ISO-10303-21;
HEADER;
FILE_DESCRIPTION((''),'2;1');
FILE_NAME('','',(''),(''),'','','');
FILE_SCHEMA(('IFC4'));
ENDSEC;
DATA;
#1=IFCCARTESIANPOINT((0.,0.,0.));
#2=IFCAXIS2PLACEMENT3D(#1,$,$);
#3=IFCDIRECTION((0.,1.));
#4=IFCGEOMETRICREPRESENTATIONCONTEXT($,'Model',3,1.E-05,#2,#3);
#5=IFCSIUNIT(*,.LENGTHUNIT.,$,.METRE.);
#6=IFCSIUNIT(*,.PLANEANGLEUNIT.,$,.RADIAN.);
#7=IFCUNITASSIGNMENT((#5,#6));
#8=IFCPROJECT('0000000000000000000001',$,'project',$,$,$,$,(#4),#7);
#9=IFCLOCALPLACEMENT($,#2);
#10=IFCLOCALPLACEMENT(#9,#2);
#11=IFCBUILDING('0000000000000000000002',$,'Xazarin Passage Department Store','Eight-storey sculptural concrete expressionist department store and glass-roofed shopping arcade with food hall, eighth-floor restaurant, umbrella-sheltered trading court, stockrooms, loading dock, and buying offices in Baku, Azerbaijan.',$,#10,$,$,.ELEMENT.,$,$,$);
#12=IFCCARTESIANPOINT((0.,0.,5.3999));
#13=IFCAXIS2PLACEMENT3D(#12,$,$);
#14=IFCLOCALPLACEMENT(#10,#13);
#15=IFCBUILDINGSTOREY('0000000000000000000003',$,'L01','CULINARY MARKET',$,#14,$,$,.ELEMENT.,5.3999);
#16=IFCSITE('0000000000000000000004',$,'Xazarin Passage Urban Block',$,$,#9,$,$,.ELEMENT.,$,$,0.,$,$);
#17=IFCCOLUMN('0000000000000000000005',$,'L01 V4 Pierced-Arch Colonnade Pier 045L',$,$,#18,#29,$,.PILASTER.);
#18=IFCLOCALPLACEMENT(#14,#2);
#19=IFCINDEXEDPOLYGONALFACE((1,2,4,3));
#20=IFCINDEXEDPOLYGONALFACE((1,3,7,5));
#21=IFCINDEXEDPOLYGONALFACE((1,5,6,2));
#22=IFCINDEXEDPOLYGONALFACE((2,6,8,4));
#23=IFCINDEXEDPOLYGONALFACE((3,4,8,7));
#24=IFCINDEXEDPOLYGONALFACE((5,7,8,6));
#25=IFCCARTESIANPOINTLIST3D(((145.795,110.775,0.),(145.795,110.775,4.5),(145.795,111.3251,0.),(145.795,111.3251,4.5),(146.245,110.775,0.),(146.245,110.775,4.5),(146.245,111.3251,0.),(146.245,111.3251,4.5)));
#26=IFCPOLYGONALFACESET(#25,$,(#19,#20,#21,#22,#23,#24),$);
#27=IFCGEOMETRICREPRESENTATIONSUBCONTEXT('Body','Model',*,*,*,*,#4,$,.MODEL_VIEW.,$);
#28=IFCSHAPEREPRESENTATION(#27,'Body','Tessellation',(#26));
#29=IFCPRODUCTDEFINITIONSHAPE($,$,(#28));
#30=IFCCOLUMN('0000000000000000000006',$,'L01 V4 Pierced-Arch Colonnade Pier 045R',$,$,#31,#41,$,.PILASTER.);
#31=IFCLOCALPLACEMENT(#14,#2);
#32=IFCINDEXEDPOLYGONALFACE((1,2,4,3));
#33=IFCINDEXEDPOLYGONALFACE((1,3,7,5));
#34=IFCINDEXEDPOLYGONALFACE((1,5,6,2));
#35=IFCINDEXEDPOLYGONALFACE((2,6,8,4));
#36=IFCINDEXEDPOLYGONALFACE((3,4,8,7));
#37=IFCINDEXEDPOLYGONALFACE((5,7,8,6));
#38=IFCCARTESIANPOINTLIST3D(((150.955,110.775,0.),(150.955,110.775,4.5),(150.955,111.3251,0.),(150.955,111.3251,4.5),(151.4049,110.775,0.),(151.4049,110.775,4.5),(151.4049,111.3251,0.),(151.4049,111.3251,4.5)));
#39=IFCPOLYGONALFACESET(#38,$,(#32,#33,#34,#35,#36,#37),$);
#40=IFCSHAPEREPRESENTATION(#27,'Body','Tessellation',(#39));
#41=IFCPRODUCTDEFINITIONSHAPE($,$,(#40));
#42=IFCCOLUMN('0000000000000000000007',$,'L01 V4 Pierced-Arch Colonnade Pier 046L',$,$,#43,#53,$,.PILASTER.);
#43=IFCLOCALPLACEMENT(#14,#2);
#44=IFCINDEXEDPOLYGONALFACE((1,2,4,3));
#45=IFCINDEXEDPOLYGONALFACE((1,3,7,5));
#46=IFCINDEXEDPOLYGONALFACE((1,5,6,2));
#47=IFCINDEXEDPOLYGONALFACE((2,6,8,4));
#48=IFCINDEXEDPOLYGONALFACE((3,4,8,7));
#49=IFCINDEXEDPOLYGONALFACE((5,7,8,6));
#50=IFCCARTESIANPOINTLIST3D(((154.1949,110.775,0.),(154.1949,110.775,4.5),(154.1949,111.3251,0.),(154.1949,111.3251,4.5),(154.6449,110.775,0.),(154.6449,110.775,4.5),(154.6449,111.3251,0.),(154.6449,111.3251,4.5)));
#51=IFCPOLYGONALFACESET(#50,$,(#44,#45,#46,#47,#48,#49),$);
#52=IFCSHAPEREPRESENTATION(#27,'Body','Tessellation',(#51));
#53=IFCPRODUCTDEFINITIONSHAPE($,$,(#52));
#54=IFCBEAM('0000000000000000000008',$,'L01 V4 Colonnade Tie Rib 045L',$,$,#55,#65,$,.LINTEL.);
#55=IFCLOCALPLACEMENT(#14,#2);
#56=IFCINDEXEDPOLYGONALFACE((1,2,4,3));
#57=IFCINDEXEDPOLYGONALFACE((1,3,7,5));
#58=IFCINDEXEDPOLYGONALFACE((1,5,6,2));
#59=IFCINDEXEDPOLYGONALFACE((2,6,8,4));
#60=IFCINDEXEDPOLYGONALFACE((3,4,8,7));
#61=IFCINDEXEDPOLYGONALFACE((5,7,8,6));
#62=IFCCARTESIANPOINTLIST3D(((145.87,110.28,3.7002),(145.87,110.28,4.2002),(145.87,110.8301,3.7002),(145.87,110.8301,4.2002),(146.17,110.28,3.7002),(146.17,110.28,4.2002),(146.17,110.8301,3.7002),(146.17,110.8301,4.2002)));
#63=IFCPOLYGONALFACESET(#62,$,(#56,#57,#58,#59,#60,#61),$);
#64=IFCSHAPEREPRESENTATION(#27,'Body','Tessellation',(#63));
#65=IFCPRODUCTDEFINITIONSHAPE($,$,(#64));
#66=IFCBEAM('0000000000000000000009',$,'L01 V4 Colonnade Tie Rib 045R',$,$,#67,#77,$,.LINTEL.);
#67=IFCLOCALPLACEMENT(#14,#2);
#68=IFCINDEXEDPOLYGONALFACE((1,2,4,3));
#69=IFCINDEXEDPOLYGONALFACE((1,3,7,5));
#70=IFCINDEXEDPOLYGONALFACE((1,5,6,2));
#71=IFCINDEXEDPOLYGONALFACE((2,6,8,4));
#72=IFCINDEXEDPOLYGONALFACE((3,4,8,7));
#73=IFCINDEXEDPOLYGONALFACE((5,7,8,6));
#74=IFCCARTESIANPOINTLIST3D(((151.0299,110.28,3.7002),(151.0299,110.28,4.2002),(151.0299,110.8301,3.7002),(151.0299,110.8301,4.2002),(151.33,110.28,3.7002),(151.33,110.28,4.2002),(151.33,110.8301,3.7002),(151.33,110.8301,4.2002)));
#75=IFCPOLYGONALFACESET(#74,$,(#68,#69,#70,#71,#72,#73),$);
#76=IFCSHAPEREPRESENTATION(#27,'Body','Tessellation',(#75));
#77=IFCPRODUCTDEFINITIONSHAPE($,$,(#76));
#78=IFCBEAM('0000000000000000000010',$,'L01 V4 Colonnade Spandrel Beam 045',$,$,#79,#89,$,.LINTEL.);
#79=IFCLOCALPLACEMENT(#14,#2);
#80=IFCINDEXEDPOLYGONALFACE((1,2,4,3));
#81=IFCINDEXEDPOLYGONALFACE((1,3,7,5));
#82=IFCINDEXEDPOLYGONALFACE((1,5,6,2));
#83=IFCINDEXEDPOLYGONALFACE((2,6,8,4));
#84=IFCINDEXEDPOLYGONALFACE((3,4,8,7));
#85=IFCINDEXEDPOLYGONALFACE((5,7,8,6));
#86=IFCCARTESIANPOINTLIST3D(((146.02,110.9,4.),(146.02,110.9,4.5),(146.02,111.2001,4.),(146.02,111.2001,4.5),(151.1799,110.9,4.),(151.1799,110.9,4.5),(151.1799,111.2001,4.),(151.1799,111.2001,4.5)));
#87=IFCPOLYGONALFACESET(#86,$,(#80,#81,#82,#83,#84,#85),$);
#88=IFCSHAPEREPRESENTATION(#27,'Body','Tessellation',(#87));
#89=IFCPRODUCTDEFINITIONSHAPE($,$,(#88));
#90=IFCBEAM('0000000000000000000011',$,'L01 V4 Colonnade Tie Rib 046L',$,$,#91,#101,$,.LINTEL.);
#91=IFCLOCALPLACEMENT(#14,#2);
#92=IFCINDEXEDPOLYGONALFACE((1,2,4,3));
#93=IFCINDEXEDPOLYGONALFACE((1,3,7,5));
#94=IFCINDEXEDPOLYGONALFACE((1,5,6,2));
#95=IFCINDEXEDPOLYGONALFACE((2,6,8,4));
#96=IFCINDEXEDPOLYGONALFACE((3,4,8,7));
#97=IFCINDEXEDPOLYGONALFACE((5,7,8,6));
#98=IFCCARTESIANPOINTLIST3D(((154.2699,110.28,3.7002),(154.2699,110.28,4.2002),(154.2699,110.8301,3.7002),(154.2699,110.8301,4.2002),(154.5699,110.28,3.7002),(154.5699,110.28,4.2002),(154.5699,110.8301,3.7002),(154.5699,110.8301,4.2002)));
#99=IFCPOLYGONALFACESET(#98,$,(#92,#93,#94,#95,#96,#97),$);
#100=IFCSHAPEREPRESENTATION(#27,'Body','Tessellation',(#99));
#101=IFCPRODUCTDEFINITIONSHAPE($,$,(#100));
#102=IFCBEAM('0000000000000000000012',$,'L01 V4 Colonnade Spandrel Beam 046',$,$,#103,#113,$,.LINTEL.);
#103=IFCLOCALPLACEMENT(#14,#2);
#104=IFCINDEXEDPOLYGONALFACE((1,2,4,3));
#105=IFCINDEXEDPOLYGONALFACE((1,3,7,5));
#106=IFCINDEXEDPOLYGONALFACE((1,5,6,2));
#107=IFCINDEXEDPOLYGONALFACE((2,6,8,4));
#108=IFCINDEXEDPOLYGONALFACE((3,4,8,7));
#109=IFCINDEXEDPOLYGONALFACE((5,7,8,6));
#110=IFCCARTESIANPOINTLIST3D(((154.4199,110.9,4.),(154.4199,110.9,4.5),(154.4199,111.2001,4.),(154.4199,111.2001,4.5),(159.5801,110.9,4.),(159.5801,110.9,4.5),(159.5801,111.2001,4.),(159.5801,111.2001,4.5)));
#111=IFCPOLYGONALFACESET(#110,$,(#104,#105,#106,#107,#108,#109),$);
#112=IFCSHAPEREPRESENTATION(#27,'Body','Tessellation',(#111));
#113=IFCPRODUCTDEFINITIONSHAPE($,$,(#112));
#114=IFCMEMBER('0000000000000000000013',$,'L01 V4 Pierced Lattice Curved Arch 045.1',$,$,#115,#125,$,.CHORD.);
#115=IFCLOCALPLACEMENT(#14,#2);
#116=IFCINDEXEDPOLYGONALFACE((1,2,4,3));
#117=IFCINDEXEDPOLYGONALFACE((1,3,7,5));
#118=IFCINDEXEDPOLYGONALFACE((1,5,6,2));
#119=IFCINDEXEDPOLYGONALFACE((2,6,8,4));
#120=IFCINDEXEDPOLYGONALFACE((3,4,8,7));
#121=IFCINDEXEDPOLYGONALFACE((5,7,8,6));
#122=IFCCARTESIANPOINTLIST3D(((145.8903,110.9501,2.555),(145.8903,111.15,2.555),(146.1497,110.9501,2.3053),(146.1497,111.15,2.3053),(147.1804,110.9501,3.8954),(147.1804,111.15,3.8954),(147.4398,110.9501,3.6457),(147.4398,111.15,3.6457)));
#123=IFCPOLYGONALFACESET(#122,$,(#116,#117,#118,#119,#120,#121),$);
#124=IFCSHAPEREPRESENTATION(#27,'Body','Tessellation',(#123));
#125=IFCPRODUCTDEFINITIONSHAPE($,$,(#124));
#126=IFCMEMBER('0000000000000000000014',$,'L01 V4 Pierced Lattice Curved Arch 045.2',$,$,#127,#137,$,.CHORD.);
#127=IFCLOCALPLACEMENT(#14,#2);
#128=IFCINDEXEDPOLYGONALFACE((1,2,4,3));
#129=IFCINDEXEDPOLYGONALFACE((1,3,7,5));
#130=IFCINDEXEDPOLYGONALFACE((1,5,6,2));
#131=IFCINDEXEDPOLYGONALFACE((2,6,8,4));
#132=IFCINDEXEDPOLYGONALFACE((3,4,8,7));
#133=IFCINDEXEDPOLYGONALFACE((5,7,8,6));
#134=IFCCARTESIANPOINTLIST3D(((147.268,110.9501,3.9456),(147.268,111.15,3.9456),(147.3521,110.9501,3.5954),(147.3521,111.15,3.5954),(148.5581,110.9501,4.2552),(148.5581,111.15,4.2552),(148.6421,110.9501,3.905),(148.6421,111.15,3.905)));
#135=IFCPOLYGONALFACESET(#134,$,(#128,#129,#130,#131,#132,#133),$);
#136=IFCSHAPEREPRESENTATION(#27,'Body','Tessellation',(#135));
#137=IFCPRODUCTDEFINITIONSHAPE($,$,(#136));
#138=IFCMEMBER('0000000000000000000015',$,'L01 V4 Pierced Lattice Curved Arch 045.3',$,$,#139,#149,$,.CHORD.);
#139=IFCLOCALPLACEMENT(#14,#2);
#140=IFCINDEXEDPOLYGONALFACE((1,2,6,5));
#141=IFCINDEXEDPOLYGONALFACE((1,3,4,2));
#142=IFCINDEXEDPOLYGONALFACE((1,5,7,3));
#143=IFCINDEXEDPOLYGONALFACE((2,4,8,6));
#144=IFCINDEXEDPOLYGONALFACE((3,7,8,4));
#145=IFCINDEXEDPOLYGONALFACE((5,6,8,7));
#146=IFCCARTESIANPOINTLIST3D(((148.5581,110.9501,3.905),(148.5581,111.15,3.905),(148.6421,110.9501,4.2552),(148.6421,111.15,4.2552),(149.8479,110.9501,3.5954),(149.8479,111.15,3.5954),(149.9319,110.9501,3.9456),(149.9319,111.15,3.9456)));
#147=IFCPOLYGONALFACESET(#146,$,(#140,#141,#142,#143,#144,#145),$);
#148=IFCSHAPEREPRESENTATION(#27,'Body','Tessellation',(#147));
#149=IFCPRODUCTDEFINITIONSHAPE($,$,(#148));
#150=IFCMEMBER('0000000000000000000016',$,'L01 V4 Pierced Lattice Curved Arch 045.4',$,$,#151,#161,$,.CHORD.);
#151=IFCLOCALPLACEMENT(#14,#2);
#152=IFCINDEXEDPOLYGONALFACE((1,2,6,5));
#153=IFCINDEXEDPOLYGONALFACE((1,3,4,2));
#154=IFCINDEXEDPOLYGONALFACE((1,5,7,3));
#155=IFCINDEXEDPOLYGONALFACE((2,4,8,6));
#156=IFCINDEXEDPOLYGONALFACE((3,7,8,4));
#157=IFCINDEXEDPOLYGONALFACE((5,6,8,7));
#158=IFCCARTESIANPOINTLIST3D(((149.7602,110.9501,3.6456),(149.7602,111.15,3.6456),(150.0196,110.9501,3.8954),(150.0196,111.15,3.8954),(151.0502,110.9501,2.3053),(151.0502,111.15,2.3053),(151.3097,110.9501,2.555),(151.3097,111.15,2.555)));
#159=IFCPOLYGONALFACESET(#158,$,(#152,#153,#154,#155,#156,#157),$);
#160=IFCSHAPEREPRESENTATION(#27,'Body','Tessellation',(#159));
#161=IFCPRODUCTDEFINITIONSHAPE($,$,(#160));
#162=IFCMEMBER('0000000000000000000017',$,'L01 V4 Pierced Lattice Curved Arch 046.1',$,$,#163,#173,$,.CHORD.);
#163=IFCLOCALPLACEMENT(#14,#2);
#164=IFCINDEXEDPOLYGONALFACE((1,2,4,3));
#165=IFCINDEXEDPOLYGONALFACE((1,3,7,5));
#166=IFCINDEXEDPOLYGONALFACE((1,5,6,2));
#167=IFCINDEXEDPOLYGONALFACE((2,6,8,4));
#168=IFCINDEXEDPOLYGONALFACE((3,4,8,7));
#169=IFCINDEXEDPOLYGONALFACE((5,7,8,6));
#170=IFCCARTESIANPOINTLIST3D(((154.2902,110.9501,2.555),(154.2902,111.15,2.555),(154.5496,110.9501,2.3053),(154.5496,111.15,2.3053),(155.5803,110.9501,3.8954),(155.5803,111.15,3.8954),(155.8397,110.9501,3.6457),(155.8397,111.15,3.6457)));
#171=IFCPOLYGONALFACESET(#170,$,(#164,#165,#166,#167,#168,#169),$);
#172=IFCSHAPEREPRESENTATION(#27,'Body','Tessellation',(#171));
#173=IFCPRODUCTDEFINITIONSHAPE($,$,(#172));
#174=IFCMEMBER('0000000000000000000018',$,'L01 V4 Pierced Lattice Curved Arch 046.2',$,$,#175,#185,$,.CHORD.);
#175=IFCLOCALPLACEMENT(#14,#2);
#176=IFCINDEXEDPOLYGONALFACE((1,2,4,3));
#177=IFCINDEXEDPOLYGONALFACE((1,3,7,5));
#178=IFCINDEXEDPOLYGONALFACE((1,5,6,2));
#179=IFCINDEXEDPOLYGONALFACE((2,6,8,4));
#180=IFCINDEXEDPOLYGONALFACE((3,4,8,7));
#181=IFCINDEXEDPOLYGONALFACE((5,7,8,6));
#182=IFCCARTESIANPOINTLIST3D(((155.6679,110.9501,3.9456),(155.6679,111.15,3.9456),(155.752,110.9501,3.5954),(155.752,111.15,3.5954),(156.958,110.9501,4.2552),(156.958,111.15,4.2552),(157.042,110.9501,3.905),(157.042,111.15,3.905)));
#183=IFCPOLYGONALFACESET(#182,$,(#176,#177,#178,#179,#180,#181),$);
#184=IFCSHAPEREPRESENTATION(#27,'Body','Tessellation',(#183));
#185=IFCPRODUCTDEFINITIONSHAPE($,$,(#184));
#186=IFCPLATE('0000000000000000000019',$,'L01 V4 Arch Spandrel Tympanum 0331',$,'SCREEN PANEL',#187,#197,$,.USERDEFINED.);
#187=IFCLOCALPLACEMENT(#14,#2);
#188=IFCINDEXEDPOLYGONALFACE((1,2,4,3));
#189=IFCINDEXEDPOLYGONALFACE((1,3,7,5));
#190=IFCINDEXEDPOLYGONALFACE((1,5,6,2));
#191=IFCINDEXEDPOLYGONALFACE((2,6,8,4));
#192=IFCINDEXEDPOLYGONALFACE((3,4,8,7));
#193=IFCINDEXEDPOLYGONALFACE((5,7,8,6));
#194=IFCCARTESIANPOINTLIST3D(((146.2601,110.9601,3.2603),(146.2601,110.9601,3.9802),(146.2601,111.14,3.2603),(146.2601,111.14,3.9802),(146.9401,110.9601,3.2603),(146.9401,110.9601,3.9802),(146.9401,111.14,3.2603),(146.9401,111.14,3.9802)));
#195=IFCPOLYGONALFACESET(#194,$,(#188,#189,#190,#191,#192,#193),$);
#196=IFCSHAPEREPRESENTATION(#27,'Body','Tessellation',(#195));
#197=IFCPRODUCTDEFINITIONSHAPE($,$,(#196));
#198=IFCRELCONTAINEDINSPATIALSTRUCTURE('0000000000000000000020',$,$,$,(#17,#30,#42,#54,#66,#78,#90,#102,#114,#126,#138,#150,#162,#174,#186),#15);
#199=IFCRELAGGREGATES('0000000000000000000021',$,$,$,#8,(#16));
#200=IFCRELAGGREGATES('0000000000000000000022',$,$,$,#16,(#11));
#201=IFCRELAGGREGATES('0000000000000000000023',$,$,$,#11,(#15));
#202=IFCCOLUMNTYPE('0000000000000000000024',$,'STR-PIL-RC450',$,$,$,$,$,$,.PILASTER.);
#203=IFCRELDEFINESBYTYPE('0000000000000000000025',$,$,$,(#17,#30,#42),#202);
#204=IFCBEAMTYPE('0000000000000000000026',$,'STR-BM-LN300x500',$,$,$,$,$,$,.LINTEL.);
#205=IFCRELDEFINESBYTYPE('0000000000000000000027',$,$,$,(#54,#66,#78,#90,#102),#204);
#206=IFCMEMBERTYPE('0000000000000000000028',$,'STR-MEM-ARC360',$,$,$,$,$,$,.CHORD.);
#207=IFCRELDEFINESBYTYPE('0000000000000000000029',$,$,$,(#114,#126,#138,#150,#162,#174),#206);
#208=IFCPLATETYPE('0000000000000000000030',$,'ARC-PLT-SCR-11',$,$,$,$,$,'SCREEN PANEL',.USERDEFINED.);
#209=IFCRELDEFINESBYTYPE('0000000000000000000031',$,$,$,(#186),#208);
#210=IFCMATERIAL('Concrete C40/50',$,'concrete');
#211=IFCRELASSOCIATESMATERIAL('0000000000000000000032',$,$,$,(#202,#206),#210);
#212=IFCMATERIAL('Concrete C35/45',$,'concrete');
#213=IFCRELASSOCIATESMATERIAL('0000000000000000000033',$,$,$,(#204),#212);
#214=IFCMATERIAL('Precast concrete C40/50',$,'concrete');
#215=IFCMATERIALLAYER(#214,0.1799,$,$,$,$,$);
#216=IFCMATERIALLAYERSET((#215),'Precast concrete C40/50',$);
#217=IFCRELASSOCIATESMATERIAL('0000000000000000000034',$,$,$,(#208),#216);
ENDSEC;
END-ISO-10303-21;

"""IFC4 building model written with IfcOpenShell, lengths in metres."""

from ifc_helpers import new_model, si_unit, direction, frame, origin, origin_2d, place, context, subcontext, project, spatial, rectangle, extrude, material, layer, layer_set, material_profile, profile_set, type_object, element, save


model = new_model("IFC4")

# Units and contexts
model_context = context("Model", 3, precision=1e-05, world=origin(), true_north=direction((0.0, 1.0)))
body_context = subcontext(model_context, "Body", "Model", "MODEL_VIEW")
ifc_project = project(units=[si_unit("LENGTHUNIT", "METRE"), si_unit("PLANEANGLEUNIT", "RADIAN")], contexts=[model_context])

# Site, building, storey
site_placement = place(None, origin())
site = spatial("IfcSite", under=ifc_project, at=site_placement, Name="Xazarin Passage Urban Block", CompositionType="ELEMENT", RefElevation=0.0)
building_placement = place(site_placement, origin())
building = spatial("IfcBuilding", under=site, at=building_placement, Name="Xazarin Passage Department Store", Description="Eight-storey sculptural concrete expressionist department store and glass-roofed shopping arcade with food hall, eighth-floor restaurant, umbrella-sheltered trading court, stockrooms, loading dock, and buying offices in Baku, Azerbaijan.", CompositionType="ELEMENT")
storey_placement = place(building_placement, frame((0.0, 0.0, 5.3999)))
storey = spatial("IfcBuildingStorey", under=building, at=storey_placement, Name="L01", Description="CULINARY MARKET", CompositionType="ELEMENT", Elevation=5.3999)

# Columns
ifc_material_1 = material(Name="Concrete C40/50", Category="concrete")
ifc_material_profile_1 = material_profile(ifc_material_1, rectangle(XDim=0.45, YDim=0.55, at=origin_2d()), Name="RC 450x550")
ifc_profile_set_1 = profile_set([ifc_material_profile_1], Name="Concrete C40/50")
column_type = type_object("IfcColumnType", Name="STR-PIL-RC450", PredefinedType="PILASTER", material=ifc_profile_set_1)
for number, where, z_axis, x_axis, name in (
    (1, (146.02, 111.05, 0.0), (0.0, 0.0, 1.0), (1.0, 0.0, 0.0), "L01 V4 Pierced-Arch Colonnade Pier 045L"),
    (2, (151.1799, 111.05, 0.0), (0.0, 0.0, 1.0), (1.0, 0.0, 0.0), "L01 V4 Pierced-Arch Colonnade Pier 045R"),
    (3, (154.4199, 111.05, 0.0), (0.0, 0.0, 1.0), (1.0, 0.0, 0.0), "L01 V4 Pierced-Arch Colonnade Pier 046L"),
):
    element("IfcColumn", number, at=place(storey_placement, frame(where, z_axis=z_axis, x_axis=x_axis)), inside=storey, type_object=column_type, Name=name, PredefinedType="PILASTER", context=body_context, shape_type="SweptSolid", body=[
        extrude(rectangle(XDim=0.45, YDim=0.55, at=origin_2d()), origin(), (0.0, 0.0, 1.0), 4.5),
    ])

# Beams
ifc_material_2 = material(Name="Concrete C35/45", Category="concrete")
ifc_material_profile_2 = material_profile(ifc_material_2, rectangle(XDim=0.3, YDim=0.5, at=origin_2d()), Name="RC 300x500")
ifc_profile_set_2 = profile_set([ifc_material_profile_2], Name="Concrete C35/45")
beam_type = type_object("IfcBeamType", Name="STR-BM-LN300x500", PredefinedType="LINTEL", material=ifc_profile_set_2)
for number, where, z_axis, x_axis, name in (
    (4, (146.02, 110.28, 3.9502), (0.0, 1.0, 0.0), (-1.0, 0.0, 0.0), "L01 V4 Colonnade Tie Rib 045L"),
    (5, (151.1799, 110.28, 3.9502), (0.0, 1.0, 0.0), (-1.0, 0.0, 0.0), "L01 V4 Colonnade Tie Rib 045R"),
):
    element("IfcBeam", number, at=place(storey_placement, frame(where, z_axis=z_axis, x_axis=x_axis)), inside=storey, type_object=beam_type, Name=name, PredefinedType="LINTEL", context=body_context, shape_type="SweptSolid", body=[
        extrude(rectangle(XDim=0.3, YDim=0.5, at=origin_2d()), origin(), (0.0, 0.0, 1.0), 0.55),
    ])
beam_1_placement = place(storey_placement, frame((146.02, 111.05, 4.25), z_axis=(1.0, 0.0, 0.0), x_axis=(0.0, 1.0, 0.0)))
element("IfcBeam", 6, at=beam_1_placement, inside=storey, type_object=beam_type, Name="L01 V4 Colonnade Spandrel Beam 045", PredefinedType="LINTEL", context=body_context, shape_type="SweptSolid", body=[
    extrude(rectangle(XDim=0.3, YDim=0.5, at=origin_2d()), origin(), (0.0, 0.0, 1.0), 5.1599),
])
beam_2_placement = place(storey_placement, frame((154.4199, 110.28, 3.9502), z_axis=(0.0, 1.0, 0.0), x_axis=(-1.0, 0.0, 0.0)))
element("IfcBeam", 7, at=beam_2_placement, inside=storey, type_object=beam_type, Name="L01 V4 Colonnade Tie Rib 046L", PredefinedType="LINTEL", context=body_context, shape_type="SweptSolid", body=[
    extrude(rectangle(XDim=0.3, YDim=0.5, at=origin_2d()), origin(), (0.0, 0.0, 1.0), 0.55),
])
beam_3_placement = place(storey_placement, frame((154.4199, 111.05, 4.25), z_axis=(1.0, 0.0, 0.0), x_axis=(0.0, 1.0, 0.0)))
element("IfcBeam", 8, at=beam_3_placement, inside=storey, type_object=beam_type, Name="L01 V4 Colonnade Spandrel Beam 046", PredefinedType="LINTEL", context=body_context, shape_type="SweptSolid", body=[
    extrude(rectangle(XDim=0.3, YDim=0.5, at=origin_2d()), origin(), (0.0, 0.0, 1.0), 5.1602),
])

# Members
ifc_material_profile_3 = material_profile(ifc_material_1, rectangle(XDim=0.2, YDim=0.3601, at=origin_2d()), Name="RC 200x360")
ifc_profile_set_3 = profile_set([ifc_material_profile_3], Name="Concrete C40/50")
member_type = type_object("IfcMemberType", Name="STR-MEM-ARC360", PredefinedType="CHORD", material=ifc_profile_set_3)
member_1_placement = place(storey_placement, frame((146.02, 111.05, 2.4302), z_axis=(0.69346, 0.0, 0.720495), x_axis=(0.0, 1.0, 0.0)))
element("IfcMember", 9, at=member_1_placement, inside=storey, type_object=member_type, Name="L01 V4 Pierced Lattice Curved Arch 045.1", PredefinedType="CHORD", context=body_context, shape_type="SweptSolid", body=[
    extrude(rectangle(XDim=0.2, YDim=0.3601, at=origin_2d()), origin(), (0.0, 0.0, 1.0), 1.8604),
])
member_2_placement = place(storey_placement, frame((147.3101, 111.05, 3.7705), z_axis=(0.972394, 0.0, 0.233345), x_axis=(0.0, 1.0, 0.0)))
element("IfcMember", 10, at=member_2_placement, inside=storey, type_object=member_type, Name="L01 V4 Pierced Lattice Curved Arch 045.2", PredefinedType="CHORD", context=body_context, shape_type="SweptSolid", body=[
    extrude(rectangle(XDim=0.2, YDim=0.3601, at=origin_2d()), origin(), (0.0, 0.0, 1.0), 1.3267),
])
member_3_placement = place(storey_placement, frame((148.6001, 111.05, 4.0801), z_axis=(0.972384, 0.0, -0.233387), x_axis=(0.0, 1.0, 0.0)))
element("IfcMember", 11, at=member_3_placement, inside=storey, type_object=member_type, Name="L01 V4 Pierced Lattice Curved Arch 045.3", PredefinedType="CHORD", context=body_context, shape_type="SweptSolid", body=[
    extrude(rectangle(XDim=0.2, YDim=0.3601, at=origin_2d()), origin(), (0.0, 0.0, 1.0), 1.3264),
])
for number, where, z_axis, x_axis, name in (
    (12, (149.8899, 111.05, 3.7705), (0.69346, 0.0, -0.720495), (0.0, 1.0, 0.0), "L01 V4 Pierced Lattice Curved Arch 045.4"),
    (13, (154.4199, 111.05, 2.4302), (0.69346, 0.0, 0.720495), (0.0, 1.0, 0.0), "L01 V4 Pierced Lattice Curved Arch 046.1"),
):
    element("IfcMember", number, at=place(storey_placement, frame(where, z_axis=z_axis, x_axis=x_axis)), inside=storey, type_object=member_type, Name=name, PredefinedType="CHORD", context=body_context, shape_type="SweptSolid", body=[
        extrude(rectangle(XDim=0.2, YDim=0.3601, at=origin_2d()), origin(), (0.0, 0.0, 1.0), 1.8604),
    ])
member_4_placement = place(storey_placement, frame((155.71, 111.05, 3.7705), z_axis=(0.972394, 0.0, 0.233345), x_axis=(0.0, 1.0, 0.0)))
element("IfcMember", 14, at=member_4_placement, inside=storey, type_object=member_type, Name="L01 V4 Pierced Lattice Curved Arch 046.2", PredefinedType="CHORD", context=body_context, shape_type="SweptSolid", body=[
    extrude(rectangle(XDim=0.2, YDim=0.3601, at=origin_2d()), origin(), (0.0, 0.0, 1.0), 1.3267),
])

# Plate
ifc_material_3 = material(Name="Precast concrete C40/50", Category="concrete")
ifc_layer_1 = layer(ifc_material_3, 0.1799)
ifc_layer_set_1 = layer_set([ifc_layer_1], Name="Precast concrete C40/50")
plate_type_1 = type_object("IfcPlateType", Name="ARC-PLT-SCR-11", ElementType="SCREEN PANEL", PredefinedType="USERDEFINED", material=ifc_layer_set_1)
for number, where, z_axis, x_axis, name in (
    (15, (146.6001, 111.05, 3.2603), (0.0, 0.0, 1.0), (1.0, 0.0, 0.0), "L01 V4 Arch Spandrel Tympanum 0331"),
):
    element("IfcPlate", number, at=place(storey_placement, frame(where, z_axis=z_axis, x_axis=x_axis)), inside=storey, type_object=plate_type_1, Name=name, ObjectType="SCREEN PANEL", PredefinedType="USERDEFINED", context=body_context, shape_type="SweptSolid", body=[
        extrude(rectangle(XDim=0.6799, YDim=0.1799, at=origin_2d()), origin(), (0.0, 0.0, 1.0), 0.72),
    ])

save(model, "model.ifc")
